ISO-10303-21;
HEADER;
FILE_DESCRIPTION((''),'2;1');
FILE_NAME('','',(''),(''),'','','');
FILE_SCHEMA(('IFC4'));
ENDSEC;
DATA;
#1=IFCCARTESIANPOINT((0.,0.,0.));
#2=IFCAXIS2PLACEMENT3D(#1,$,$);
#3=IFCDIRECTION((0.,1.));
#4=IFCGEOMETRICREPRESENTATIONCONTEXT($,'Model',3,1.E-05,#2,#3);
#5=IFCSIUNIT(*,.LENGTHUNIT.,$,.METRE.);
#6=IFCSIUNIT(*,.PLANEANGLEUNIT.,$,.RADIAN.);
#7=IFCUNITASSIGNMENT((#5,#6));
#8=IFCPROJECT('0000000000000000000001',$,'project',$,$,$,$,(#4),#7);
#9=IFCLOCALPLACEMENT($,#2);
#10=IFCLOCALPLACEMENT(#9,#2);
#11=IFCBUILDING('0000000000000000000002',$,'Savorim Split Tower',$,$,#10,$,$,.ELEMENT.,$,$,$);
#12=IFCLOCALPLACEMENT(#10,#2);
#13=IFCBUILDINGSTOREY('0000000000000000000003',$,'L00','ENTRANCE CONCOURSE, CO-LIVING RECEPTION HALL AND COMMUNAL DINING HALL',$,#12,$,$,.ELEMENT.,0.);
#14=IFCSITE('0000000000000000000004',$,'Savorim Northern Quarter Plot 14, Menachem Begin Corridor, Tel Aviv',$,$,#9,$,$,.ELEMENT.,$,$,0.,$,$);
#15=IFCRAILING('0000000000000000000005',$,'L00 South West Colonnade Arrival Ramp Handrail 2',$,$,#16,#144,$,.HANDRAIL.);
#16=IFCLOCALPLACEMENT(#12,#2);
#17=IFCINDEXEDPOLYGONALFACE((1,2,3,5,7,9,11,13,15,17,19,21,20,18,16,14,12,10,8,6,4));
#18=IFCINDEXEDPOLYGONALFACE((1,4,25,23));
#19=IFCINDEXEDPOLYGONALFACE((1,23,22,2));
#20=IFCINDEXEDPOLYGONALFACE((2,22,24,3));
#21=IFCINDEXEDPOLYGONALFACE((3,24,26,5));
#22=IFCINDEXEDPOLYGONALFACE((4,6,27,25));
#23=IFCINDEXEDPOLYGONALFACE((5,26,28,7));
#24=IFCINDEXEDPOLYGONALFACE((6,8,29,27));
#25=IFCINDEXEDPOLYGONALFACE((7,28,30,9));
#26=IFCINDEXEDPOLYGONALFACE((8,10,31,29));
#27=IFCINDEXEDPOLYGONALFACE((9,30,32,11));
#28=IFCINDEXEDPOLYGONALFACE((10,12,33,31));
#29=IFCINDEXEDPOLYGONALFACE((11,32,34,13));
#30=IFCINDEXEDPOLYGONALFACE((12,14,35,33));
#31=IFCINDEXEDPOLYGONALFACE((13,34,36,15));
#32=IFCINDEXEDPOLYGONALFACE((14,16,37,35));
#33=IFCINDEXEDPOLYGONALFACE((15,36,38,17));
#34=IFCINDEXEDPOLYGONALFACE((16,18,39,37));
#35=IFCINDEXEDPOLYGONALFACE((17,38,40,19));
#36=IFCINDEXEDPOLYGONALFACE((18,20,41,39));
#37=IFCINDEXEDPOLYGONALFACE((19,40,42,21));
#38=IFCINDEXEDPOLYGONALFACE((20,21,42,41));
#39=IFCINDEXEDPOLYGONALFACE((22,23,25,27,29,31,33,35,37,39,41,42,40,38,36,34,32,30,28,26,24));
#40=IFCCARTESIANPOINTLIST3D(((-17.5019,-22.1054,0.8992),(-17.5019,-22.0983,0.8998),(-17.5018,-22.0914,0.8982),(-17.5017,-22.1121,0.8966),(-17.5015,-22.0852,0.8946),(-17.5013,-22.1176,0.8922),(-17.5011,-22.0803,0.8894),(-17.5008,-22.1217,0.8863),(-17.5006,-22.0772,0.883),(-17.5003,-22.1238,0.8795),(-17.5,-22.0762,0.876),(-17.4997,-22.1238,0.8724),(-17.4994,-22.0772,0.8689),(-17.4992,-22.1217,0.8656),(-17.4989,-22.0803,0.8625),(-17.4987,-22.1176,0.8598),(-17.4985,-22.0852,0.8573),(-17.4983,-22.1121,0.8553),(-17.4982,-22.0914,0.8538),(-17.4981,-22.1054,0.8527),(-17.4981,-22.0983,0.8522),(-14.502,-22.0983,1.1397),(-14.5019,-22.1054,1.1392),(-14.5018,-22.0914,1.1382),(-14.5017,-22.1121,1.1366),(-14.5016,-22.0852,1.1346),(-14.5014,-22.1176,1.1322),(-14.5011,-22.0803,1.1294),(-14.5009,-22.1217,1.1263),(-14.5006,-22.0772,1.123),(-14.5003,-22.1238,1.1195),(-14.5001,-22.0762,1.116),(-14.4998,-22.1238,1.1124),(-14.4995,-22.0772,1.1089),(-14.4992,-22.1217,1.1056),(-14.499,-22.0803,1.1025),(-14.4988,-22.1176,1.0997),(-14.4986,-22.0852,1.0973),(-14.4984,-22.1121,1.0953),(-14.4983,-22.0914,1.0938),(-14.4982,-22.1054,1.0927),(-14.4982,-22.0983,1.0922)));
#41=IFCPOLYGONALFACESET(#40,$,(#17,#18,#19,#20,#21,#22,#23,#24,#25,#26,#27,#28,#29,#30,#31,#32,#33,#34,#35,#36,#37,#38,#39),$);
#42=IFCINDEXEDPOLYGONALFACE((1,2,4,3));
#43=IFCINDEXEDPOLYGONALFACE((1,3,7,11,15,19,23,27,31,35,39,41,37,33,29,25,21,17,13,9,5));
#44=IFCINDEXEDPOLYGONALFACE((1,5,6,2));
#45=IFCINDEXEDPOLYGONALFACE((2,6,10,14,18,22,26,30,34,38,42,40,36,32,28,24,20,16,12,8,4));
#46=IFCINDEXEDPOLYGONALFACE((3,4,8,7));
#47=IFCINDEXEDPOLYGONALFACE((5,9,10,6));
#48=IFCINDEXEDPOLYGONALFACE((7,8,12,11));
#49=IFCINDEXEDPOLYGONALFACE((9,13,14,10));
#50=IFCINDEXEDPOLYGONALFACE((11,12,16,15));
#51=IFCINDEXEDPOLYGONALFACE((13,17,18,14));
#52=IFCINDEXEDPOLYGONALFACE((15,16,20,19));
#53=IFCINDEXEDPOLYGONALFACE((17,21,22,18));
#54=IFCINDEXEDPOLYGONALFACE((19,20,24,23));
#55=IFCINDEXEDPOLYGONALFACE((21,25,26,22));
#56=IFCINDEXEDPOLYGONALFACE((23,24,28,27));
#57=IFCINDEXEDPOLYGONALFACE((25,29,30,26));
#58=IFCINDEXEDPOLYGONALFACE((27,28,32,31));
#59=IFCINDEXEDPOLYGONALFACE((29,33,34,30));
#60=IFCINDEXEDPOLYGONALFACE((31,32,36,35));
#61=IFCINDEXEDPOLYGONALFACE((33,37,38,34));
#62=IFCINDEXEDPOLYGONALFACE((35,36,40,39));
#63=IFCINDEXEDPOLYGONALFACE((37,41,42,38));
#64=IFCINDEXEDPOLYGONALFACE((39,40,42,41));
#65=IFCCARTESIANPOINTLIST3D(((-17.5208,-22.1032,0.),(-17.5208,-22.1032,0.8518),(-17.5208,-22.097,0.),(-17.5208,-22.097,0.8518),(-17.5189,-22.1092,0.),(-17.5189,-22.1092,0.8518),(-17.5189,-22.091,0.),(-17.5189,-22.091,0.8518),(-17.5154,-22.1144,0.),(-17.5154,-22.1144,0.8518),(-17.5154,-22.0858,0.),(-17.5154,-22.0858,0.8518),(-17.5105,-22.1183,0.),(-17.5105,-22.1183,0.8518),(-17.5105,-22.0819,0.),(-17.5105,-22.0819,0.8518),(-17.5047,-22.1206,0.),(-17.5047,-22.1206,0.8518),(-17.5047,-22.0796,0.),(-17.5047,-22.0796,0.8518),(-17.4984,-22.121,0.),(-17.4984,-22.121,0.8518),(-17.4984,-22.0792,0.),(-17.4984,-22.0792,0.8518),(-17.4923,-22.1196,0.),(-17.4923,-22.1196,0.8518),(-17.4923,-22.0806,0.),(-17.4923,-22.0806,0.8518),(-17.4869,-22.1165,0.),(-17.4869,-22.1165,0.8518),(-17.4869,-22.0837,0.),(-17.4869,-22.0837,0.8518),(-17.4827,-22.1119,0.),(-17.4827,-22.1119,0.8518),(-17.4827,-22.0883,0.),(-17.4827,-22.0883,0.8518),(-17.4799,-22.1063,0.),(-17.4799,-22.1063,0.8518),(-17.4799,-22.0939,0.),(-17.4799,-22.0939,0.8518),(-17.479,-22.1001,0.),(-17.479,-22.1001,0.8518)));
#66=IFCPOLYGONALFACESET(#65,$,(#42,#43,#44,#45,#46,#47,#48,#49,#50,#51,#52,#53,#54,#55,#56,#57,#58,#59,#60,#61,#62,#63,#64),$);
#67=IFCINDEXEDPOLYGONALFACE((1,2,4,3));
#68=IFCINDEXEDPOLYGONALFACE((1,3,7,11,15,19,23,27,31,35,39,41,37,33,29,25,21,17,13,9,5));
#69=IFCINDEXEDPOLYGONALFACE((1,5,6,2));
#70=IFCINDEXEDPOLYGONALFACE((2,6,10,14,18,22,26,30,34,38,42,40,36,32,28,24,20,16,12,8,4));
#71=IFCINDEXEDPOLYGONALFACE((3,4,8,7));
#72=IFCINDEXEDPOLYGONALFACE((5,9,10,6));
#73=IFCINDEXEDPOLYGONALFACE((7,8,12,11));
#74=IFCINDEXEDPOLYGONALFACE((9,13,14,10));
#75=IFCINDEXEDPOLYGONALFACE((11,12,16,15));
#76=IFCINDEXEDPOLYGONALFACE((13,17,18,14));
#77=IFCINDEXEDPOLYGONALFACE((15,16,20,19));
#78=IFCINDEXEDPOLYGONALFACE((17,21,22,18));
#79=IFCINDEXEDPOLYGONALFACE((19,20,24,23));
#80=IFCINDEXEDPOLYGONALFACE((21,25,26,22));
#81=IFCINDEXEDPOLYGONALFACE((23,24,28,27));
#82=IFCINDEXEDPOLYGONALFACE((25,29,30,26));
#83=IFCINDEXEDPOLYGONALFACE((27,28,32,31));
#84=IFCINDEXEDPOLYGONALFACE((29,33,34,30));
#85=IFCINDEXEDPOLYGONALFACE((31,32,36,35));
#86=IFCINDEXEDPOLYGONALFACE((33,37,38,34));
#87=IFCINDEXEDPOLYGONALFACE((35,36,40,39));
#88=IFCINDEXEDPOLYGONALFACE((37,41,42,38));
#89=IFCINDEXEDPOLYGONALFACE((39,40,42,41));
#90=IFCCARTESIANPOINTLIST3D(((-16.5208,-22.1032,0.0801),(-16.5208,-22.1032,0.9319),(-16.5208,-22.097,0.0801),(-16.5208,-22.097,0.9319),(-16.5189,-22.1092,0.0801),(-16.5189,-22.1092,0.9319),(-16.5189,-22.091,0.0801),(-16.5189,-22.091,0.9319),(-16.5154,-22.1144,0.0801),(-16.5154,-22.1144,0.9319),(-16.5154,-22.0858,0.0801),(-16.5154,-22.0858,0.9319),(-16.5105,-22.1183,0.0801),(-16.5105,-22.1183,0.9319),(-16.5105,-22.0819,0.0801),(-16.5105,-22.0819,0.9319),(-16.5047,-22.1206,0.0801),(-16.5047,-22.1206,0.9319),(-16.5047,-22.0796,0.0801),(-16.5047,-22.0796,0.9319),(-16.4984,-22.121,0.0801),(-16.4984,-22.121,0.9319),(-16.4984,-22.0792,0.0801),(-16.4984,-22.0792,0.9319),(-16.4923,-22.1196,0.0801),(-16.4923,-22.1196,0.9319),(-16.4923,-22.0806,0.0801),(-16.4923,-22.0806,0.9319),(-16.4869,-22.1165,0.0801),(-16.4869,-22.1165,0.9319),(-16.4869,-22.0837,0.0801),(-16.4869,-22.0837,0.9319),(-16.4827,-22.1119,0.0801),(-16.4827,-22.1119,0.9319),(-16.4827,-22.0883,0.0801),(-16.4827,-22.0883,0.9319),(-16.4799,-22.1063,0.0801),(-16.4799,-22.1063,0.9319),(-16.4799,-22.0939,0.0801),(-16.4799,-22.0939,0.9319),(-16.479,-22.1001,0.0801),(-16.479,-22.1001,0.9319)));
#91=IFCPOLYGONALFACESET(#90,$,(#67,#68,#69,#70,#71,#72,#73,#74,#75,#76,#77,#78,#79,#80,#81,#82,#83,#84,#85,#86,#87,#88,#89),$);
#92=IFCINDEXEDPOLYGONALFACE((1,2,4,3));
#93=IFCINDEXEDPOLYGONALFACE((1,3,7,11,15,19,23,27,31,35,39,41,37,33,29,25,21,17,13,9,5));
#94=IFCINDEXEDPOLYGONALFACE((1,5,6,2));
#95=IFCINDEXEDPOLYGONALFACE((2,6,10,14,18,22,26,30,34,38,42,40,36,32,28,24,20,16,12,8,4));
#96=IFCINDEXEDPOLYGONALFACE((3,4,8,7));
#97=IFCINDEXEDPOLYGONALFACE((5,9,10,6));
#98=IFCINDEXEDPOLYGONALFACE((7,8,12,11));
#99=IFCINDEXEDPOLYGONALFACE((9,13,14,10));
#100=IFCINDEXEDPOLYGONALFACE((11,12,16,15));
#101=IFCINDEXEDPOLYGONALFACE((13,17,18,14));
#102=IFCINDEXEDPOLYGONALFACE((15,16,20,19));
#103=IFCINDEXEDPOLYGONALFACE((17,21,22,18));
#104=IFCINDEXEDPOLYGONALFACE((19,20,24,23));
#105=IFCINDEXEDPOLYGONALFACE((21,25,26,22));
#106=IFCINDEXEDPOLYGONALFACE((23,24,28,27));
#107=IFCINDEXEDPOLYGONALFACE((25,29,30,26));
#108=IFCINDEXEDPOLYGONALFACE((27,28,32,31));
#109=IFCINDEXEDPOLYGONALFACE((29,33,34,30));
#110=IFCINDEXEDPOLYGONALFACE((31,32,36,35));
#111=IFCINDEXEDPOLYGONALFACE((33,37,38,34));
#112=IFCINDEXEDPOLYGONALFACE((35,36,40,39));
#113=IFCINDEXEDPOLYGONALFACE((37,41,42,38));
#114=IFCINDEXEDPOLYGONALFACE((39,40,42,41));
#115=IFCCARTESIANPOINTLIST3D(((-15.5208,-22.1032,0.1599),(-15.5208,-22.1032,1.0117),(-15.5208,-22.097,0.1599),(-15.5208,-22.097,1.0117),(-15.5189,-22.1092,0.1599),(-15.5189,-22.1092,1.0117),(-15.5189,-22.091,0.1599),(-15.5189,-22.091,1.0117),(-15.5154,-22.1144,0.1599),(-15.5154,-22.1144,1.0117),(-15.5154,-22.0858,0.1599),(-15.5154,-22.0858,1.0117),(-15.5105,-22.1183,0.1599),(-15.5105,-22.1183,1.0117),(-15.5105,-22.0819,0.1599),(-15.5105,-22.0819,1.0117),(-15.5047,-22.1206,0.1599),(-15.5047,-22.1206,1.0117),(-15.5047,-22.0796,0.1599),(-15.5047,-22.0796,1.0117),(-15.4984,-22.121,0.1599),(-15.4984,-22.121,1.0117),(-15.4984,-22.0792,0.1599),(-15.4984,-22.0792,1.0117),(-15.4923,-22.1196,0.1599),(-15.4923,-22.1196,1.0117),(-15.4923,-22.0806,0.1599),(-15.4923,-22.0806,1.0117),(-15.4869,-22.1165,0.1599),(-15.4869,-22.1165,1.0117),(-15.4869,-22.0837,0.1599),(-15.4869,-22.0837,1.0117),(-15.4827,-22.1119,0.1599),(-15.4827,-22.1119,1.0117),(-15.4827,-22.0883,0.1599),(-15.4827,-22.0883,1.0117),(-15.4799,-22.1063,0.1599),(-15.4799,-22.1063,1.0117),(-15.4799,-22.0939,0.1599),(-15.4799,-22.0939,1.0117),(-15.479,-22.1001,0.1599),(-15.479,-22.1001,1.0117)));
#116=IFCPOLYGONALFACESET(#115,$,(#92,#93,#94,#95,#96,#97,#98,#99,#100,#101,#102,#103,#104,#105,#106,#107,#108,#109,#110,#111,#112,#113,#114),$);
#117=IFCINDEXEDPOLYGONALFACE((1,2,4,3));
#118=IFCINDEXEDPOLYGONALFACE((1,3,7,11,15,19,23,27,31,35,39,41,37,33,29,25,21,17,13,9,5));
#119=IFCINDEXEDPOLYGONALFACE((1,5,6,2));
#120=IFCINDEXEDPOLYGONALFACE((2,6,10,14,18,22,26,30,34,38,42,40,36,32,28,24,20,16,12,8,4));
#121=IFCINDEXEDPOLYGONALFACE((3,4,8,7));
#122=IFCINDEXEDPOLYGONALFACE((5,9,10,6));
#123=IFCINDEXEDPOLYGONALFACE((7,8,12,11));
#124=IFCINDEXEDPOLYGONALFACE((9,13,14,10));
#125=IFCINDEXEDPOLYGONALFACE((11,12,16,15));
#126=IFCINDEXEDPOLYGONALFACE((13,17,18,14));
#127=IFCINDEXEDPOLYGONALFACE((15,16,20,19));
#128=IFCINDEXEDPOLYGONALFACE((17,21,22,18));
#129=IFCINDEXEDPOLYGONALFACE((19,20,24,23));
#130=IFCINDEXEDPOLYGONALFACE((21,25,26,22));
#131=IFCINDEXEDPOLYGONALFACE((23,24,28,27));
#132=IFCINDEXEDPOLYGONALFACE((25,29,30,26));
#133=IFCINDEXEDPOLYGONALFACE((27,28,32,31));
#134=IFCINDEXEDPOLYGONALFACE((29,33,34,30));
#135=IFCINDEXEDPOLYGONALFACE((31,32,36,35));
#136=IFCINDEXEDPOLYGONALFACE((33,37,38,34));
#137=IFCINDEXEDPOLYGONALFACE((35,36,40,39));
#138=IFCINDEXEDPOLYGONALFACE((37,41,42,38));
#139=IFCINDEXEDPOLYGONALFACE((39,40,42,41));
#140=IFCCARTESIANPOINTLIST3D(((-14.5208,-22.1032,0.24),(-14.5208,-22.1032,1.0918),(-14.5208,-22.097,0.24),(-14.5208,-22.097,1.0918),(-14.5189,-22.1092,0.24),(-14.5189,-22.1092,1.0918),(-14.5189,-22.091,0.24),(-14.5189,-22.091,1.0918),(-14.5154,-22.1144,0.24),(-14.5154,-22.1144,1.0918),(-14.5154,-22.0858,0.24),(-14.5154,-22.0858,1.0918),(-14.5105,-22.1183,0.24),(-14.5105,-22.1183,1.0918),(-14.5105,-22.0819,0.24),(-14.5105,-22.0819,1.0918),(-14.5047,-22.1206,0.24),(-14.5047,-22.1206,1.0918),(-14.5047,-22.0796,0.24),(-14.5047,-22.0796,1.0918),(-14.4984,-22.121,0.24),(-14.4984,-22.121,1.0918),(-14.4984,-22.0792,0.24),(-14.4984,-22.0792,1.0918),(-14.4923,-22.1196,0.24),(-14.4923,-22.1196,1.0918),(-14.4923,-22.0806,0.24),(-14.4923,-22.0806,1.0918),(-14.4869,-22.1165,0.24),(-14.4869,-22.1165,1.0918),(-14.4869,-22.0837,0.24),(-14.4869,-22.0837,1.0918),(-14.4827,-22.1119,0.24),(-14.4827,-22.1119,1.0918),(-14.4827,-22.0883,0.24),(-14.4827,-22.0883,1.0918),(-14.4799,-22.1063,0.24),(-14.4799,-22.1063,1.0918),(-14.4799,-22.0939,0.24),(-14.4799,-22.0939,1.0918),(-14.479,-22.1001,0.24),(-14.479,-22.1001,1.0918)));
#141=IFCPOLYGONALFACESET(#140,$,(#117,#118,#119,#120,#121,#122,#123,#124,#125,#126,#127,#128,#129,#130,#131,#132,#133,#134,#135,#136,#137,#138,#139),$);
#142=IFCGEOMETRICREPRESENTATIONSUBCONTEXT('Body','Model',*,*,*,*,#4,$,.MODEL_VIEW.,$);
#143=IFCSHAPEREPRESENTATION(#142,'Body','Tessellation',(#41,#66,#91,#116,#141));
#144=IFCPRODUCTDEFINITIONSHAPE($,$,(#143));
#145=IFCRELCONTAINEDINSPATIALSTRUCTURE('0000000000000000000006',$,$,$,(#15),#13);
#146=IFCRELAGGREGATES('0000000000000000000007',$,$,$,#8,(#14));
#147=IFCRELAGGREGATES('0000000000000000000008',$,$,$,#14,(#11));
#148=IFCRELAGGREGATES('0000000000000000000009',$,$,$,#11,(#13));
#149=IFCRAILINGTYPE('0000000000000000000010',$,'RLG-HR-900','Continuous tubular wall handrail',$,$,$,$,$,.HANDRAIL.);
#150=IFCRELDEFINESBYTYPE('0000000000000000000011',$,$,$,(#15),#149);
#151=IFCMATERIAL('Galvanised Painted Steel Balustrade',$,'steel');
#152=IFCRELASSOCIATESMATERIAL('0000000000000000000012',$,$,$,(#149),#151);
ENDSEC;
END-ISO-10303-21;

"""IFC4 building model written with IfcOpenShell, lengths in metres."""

from ifc_helpers import new_model, si_unit, direction, frame, origin, origin_2d, place, context, subcontext, project, spatial, circle, extrude, material, type_object, element, save


model = new_model("IFC4")

# Units and contexts
model_context = context("Model", 3, precision=1e-05, world=origin(), true_north=direction((0.0, 1.0)))
body_context = subcontext(model_context, "Body", "Model", "MODEL_VIEW")
ifc_project = project(units=[si_unit("LENGTHUNIT", "METRE"), si_unit("PLANEANGLEUNIT", "RADIAN")], contexts=[model_context])

# Site, building, storey
site_placement = place(None, origin())
site = spatial("IfcSite", under=ifc_project, at=site_placement, Name="Savorim Northern Quarter Plot 14, Menachem Begin Corridor, Tel Aviv", CompositionType="ELEMENT", RefElevation=0.0)
building_placement = place(site_placement, origin())
building = spatial("IfcBuilding", under=site, at=building_placement, Name="Savorim Split Tower", CompositionType="ELEMENT")
storey_placement = place(building_placement, origin())
storey = spatial("IfcBuildingStorey", under=building, at=storey_placement, Name="L00", Description="ENTRANCE CONCOURSE, CO-LIVING RECEPTION HALL AND COMMUNAL DINING HALL", CompositionType="ELEMENT", Elevation=0.0)

# Railing
ifc_material_1 = material(Name="Galvanised Painted Steel Balustrade", Category="steel")
railing_type = type_object("IfcRailingType", Name="RLG-HR-900", Description="Continuous tubular wall handrail", PredefinedType="HANDRAIL", material=ifc_material_1)
for number, where, name in (
    (1, (-17.5, -22.1001, 0.0), "L00 South West Colonnade Arrival Ramp Handrail 2"),
):
    element("IfcRailing", number, at=place(storey_placement, frame(where)), inside=storey, type_object=railing_type, Name=name, PredefinedType="HANDRAIL", context=body_context, shape_type="SweptSolid", body=[
        extrude(circle(Radius=0.0239, at=origin_2d()), frame((0.0, 0.0, 0.876), z_axis=(0.996816, 0.0, 0.079742), x_axis=(0.0, 1.0, 0.0)), (0.0, 0.0, 1.0), 3.0095),
        extrude(circle(Radius=0.021, at=origin_2d()), origin(), (0.0, 0.0, 1.0), 0.8518),
        extrude(circle(Radius=0.021, at=origin_2d()), frame((1.0, 0.0, 0.0801)), (0.0, 0.0, 1.0), 0.8518),
        extrude(circle(Radius=0.021, at=origin_2d()), frame((2.0, 0.0, 0.1599)), (0.0, 0.0, 1.0), 0.8518),
        extrude(circle(Radius=0.021, at=origin_2d()), frame((3.0, 0.0, 0.24)), (0.0, 0.0, 1.0), 0.8518),
    ])

save(model, "model.ifc")
